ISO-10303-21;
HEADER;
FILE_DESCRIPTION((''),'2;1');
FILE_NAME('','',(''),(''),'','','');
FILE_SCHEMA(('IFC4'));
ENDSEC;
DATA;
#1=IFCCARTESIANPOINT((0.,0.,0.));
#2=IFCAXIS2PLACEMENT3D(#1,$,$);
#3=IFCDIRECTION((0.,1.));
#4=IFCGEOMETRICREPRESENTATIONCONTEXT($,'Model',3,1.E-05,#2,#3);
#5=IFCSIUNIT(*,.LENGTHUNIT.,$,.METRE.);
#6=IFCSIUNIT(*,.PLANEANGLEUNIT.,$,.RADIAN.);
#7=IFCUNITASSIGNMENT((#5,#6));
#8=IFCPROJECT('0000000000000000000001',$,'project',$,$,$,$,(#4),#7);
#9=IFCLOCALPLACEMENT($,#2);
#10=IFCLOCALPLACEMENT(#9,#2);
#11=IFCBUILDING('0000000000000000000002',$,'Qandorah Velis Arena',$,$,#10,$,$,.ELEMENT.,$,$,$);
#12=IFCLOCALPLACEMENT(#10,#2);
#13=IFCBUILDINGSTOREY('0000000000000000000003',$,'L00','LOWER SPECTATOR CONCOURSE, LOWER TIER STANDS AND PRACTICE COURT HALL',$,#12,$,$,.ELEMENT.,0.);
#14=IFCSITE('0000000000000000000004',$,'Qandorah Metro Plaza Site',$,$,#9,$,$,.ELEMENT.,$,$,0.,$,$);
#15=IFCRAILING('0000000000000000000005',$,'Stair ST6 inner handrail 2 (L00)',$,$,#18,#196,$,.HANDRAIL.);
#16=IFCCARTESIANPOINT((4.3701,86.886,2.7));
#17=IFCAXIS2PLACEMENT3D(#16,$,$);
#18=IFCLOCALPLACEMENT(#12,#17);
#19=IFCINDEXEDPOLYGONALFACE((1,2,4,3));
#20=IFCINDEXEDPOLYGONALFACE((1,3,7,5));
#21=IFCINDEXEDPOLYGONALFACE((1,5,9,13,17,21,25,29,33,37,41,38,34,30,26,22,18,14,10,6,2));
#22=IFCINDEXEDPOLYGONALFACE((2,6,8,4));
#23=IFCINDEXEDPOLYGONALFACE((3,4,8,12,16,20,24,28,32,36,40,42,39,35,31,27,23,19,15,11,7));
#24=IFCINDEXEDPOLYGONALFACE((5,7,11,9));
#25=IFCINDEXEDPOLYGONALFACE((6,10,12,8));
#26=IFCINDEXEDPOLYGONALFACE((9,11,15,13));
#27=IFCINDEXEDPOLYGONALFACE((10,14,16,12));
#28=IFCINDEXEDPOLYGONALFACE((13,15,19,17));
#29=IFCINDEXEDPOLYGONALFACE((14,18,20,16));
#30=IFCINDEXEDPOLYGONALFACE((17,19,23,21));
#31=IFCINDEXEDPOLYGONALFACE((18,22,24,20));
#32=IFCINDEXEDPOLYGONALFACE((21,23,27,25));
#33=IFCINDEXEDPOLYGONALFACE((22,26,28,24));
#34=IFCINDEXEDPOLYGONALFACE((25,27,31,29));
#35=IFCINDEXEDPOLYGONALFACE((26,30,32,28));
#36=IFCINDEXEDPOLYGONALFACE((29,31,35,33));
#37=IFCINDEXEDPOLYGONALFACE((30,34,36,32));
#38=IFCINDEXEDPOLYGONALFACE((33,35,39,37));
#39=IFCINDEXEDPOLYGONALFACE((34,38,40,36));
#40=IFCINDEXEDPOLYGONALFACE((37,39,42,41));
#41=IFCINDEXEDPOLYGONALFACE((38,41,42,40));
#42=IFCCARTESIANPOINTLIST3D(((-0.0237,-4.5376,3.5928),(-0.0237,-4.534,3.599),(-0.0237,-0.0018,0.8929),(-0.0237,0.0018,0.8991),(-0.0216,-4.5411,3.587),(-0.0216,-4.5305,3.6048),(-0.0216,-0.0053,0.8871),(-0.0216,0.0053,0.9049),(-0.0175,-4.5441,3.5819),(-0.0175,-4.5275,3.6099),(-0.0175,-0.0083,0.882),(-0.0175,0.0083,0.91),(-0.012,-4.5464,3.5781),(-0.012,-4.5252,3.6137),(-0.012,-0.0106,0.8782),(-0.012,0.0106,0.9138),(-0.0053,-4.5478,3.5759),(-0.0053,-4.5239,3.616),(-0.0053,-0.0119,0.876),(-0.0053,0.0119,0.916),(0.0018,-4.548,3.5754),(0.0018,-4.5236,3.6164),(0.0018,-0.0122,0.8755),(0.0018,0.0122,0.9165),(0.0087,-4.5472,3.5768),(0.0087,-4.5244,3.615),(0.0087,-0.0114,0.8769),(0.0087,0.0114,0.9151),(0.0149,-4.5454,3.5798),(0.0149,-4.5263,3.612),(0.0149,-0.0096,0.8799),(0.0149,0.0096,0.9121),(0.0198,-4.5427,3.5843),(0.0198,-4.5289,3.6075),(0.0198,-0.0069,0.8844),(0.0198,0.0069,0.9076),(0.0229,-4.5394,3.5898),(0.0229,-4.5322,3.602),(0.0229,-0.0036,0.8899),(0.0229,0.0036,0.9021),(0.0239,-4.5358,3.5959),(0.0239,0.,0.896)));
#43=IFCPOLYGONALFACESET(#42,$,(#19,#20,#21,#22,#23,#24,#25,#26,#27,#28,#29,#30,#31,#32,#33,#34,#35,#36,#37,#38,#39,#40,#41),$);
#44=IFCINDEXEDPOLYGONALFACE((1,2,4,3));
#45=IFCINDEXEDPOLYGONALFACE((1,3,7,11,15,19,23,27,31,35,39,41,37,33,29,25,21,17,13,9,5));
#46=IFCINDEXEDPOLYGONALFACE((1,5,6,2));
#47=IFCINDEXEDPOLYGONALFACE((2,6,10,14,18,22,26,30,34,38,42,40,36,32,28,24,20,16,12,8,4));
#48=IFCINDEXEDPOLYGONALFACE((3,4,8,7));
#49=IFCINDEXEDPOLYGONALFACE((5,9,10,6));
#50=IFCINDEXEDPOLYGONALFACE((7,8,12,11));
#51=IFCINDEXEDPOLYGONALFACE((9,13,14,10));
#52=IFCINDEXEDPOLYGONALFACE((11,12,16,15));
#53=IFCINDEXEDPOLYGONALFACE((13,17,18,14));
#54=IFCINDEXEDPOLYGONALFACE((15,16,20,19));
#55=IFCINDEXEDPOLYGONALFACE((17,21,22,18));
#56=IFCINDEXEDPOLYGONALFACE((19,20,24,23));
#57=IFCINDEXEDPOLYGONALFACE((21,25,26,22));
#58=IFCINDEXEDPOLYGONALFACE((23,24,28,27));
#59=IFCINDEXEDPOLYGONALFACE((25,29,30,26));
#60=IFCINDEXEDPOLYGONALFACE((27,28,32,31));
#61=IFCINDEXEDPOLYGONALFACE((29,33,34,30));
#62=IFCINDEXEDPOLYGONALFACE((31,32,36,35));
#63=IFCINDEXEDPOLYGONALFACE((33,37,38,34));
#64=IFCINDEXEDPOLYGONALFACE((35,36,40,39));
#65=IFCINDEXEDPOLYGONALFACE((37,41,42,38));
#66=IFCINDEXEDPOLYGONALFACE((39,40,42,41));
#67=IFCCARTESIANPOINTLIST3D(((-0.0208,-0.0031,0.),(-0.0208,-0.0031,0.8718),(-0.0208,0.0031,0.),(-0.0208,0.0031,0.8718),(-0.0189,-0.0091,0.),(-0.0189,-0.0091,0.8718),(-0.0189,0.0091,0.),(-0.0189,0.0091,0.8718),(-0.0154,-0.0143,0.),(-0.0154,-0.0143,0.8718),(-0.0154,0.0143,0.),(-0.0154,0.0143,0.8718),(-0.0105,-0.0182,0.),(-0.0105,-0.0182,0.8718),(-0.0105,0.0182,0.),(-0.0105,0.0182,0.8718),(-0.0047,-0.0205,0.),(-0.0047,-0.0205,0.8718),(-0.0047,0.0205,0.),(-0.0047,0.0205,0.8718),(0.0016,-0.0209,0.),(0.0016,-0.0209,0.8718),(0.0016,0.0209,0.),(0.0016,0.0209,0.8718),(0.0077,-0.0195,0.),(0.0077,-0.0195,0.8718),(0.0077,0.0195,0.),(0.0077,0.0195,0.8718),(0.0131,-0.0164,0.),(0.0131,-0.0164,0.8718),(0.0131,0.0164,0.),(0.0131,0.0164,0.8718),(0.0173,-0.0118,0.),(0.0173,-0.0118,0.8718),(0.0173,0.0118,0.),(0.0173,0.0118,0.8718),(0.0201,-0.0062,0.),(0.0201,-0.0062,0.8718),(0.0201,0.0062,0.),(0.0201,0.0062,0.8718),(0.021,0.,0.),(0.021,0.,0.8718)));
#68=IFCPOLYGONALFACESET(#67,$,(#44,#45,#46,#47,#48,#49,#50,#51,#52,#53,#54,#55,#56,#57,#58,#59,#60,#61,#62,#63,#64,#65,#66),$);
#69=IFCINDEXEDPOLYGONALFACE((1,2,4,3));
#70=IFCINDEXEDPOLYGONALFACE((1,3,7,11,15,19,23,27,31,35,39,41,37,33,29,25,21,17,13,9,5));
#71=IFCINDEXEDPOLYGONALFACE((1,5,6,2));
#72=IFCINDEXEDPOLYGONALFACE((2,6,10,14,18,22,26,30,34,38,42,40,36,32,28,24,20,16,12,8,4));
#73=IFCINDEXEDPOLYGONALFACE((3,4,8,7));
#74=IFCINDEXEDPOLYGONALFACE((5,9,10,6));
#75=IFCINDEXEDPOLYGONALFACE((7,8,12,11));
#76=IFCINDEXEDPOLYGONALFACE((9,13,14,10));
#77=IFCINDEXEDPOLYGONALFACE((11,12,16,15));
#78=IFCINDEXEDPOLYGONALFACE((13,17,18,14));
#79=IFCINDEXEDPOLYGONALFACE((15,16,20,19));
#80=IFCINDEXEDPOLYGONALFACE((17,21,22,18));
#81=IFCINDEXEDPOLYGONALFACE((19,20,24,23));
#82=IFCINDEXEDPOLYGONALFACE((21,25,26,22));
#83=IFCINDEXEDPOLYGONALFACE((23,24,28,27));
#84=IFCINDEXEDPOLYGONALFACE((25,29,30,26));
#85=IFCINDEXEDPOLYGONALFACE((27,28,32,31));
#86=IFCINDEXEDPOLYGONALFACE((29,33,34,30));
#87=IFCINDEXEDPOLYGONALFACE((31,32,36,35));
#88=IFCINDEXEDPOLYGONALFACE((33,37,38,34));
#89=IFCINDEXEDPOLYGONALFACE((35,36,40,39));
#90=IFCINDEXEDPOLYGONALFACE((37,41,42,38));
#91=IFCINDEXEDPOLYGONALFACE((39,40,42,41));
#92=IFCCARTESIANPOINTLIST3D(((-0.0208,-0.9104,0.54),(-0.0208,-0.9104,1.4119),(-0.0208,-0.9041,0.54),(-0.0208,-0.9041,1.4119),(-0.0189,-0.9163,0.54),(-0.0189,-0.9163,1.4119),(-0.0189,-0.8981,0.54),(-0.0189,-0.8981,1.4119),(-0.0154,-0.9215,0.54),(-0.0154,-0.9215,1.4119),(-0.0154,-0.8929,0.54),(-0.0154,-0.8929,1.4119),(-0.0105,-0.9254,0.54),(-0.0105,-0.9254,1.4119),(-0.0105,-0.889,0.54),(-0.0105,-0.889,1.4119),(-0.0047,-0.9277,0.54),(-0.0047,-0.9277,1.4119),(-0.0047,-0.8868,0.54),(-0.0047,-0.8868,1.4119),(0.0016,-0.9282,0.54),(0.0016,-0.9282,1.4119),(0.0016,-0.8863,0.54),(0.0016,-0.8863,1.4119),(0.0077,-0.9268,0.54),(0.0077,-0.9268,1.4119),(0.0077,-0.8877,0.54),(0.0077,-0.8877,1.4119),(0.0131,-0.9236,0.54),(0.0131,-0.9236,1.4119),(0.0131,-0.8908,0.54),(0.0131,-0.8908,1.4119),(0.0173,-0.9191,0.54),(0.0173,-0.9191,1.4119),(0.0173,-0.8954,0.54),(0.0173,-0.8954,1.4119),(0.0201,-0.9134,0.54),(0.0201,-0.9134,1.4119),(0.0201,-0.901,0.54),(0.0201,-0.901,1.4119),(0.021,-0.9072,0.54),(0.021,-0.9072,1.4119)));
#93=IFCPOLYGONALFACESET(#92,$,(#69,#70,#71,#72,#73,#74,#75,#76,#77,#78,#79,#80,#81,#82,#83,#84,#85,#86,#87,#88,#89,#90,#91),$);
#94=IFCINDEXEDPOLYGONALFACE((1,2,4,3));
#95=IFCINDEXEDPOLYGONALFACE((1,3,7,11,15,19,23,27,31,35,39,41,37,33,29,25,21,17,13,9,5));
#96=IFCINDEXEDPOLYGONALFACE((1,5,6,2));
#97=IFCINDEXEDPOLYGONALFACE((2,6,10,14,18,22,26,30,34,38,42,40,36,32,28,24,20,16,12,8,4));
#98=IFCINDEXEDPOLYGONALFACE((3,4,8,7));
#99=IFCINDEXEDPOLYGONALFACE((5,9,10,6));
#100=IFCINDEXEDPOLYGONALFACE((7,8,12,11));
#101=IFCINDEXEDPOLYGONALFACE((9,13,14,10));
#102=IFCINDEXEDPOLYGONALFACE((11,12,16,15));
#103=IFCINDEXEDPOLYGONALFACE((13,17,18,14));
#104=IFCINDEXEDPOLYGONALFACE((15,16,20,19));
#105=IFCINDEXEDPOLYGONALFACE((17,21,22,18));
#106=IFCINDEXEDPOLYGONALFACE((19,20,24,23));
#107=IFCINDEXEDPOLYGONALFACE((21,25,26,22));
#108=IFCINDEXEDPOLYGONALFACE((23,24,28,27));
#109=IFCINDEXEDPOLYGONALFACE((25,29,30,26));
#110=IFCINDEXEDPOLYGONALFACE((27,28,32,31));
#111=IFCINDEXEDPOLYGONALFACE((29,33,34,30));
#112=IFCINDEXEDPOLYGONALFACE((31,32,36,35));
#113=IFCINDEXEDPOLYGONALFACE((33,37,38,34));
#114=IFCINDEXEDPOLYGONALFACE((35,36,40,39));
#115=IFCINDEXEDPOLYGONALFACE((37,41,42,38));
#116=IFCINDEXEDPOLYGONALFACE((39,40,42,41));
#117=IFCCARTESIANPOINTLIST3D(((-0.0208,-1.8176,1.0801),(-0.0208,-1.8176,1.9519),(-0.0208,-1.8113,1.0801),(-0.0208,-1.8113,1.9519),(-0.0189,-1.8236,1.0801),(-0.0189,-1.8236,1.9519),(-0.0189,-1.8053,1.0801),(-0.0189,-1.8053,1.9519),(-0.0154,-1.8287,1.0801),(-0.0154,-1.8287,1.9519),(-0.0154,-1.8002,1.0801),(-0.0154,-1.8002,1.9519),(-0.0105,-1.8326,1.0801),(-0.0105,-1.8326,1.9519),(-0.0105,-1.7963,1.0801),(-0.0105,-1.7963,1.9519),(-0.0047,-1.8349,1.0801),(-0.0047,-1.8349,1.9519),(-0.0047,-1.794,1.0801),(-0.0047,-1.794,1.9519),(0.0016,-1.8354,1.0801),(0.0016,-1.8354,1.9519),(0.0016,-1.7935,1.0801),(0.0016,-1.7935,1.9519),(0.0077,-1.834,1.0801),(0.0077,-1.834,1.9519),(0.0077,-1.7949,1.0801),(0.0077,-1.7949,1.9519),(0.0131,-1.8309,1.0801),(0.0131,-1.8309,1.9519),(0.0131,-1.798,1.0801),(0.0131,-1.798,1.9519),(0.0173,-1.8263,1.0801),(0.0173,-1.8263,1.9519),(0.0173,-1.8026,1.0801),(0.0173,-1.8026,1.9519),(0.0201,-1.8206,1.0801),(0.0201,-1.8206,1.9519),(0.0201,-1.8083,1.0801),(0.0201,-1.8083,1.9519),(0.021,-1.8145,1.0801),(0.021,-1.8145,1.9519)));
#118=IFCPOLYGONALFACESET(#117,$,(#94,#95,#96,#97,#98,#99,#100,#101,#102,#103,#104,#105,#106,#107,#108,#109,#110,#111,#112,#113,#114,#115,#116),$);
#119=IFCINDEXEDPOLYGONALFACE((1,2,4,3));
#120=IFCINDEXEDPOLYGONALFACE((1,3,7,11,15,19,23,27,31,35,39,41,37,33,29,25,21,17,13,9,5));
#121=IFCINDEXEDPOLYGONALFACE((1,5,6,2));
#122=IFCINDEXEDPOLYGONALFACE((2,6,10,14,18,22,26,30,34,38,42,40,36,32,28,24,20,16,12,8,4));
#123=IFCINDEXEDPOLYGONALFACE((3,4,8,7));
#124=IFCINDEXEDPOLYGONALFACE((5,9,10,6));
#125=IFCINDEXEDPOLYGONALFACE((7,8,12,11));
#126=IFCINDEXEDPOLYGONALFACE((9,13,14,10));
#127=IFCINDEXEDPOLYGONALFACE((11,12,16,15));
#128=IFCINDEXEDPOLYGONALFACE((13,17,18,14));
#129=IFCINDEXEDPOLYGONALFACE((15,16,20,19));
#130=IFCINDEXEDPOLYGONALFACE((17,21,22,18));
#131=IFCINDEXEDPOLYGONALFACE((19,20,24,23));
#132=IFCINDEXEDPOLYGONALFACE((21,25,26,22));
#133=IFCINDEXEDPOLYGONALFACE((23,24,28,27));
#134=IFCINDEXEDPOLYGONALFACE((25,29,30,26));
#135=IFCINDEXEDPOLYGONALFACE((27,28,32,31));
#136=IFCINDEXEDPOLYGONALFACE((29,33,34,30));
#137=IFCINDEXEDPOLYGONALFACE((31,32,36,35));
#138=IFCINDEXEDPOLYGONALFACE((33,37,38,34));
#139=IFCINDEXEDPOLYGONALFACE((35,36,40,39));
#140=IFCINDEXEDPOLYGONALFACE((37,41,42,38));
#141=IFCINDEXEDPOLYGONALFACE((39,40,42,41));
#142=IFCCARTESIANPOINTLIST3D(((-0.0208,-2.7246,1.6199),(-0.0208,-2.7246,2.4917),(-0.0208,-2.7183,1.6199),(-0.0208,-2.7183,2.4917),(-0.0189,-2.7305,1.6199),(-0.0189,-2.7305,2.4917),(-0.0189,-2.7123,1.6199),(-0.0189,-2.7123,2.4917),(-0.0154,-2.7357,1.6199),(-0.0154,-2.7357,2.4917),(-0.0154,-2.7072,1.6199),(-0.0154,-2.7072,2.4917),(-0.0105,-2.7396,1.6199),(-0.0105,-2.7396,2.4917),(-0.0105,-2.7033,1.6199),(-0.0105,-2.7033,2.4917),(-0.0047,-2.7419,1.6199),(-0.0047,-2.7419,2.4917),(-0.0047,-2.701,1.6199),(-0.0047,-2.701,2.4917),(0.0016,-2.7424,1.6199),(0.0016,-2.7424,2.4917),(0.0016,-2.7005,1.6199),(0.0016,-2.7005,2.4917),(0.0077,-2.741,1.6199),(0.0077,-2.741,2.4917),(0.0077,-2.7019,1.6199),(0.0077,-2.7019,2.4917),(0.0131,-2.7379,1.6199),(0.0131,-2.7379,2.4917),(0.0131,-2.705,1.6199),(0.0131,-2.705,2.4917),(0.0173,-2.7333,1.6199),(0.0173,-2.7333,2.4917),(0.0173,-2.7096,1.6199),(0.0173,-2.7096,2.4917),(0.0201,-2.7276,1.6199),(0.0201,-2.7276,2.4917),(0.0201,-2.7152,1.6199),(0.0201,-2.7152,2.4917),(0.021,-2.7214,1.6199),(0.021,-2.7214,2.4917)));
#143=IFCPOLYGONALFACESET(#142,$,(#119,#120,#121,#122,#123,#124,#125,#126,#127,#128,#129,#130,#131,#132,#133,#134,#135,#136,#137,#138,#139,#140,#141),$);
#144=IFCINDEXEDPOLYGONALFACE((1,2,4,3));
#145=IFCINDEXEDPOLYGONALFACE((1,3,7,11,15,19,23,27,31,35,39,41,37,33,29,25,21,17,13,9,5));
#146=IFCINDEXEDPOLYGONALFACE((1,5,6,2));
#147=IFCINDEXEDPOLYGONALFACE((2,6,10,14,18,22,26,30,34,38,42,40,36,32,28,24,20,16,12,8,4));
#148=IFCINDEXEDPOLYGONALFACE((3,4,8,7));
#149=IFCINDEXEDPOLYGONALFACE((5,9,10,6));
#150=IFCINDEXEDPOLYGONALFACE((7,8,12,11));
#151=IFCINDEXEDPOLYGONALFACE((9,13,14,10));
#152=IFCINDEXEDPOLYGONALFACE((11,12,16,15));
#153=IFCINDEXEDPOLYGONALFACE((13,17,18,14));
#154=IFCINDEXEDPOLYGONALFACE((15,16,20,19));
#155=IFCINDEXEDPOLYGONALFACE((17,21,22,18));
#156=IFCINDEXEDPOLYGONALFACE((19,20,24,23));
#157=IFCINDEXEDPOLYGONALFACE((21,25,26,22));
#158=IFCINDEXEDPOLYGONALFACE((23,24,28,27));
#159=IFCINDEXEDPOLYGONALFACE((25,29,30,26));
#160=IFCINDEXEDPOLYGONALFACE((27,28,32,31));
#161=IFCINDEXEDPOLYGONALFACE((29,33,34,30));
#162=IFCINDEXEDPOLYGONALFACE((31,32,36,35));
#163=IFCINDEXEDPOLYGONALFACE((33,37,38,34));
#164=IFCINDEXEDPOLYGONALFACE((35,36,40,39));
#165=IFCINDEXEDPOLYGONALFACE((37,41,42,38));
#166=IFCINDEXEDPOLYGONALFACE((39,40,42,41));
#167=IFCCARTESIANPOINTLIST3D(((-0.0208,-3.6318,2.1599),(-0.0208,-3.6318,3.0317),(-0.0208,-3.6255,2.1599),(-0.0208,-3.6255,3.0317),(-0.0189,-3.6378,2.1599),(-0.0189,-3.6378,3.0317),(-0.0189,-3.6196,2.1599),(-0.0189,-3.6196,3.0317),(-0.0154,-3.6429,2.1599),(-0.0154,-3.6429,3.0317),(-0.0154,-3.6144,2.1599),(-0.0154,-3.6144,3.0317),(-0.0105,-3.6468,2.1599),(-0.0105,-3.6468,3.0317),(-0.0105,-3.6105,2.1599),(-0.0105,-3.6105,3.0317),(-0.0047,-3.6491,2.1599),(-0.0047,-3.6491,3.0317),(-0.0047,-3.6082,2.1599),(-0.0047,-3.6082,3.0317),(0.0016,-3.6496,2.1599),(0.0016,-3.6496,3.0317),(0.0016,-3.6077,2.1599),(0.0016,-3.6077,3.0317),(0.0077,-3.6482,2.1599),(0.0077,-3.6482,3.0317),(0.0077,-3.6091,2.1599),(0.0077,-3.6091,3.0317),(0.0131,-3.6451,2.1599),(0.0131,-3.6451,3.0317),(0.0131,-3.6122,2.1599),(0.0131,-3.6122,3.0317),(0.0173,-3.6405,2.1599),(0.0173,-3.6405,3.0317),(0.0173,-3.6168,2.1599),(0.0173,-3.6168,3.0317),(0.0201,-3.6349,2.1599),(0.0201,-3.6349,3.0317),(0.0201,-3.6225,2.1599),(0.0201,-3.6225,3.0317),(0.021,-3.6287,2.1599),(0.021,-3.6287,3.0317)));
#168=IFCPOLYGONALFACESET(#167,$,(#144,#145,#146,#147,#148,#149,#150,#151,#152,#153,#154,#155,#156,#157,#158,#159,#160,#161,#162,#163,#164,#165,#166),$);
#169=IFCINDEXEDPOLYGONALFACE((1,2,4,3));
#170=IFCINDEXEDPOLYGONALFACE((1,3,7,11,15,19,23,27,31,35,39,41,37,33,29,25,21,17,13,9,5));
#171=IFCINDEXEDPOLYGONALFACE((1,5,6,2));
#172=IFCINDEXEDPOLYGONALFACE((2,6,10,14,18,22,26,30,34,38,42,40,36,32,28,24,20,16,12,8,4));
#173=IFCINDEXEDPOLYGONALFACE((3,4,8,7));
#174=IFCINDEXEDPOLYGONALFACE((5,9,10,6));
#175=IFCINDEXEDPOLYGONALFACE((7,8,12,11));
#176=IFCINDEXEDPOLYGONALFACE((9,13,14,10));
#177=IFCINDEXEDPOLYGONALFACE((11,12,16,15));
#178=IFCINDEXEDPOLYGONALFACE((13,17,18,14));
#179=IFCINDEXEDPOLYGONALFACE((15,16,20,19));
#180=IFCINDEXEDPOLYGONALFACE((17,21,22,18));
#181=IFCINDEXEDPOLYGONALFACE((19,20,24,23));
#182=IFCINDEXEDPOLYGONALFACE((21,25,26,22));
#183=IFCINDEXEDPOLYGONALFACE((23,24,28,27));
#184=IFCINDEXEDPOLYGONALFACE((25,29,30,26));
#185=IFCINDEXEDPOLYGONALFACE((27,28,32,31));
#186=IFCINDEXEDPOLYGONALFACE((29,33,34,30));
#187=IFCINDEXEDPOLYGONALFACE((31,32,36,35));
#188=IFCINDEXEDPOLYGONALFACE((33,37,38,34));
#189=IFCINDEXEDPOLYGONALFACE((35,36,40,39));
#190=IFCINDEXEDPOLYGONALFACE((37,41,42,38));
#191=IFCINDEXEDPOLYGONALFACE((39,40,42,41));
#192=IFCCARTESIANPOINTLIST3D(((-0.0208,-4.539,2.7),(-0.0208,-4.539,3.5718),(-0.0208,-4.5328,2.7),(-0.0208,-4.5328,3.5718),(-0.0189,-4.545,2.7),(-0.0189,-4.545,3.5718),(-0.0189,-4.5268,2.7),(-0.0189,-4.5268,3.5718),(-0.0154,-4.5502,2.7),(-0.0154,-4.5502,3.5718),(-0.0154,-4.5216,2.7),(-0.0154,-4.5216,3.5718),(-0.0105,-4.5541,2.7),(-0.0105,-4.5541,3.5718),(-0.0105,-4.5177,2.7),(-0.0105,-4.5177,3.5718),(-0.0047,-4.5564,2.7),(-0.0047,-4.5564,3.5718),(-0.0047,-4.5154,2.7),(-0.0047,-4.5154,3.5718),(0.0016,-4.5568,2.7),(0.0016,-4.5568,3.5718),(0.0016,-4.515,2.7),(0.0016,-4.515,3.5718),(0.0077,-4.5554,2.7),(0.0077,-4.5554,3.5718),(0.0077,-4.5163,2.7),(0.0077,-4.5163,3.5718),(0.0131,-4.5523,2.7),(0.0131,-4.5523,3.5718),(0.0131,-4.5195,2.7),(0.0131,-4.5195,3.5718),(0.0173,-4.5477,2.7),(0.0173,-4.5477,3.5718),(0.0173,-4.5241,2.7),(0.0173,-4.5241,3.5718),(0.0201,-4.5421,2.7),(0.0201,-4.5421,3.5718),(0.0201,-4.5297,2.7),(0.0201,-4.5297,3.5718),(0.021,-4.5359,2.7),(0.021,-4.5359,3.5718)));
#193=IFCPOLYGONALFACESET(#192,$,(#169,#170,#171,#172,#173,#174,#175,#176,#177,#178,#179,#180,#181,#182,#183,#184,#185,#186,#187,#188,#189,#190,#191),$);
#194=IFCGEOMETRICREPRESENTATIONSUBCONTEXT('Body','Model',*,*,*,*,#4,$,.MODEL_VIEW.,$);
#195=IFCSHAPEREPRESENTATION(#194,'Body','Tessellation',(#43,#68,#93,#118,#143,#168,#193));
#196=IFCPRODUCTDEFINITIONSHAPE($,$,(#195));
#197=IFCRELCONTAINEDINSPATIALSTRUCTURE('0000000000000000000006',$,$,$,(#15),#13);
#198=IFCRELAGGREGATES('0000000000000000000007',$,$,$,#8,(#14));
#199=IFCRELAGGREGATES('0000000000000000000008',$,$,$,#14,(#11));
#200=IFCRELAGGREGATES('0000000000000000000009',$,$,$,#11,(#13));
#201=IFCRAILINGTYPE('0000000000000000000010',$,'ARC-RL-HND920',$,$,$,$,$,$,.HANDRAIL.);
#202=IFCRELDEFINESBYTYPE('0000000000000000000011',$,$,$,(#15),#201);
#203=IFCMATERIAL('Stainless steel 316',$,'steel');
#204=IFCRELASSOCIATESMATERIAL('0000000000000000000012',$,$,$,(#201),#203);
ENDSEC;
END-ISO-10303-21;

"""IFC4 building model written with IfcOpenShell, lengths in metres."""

from ifc_helpers import new_model, si_unit, direction, frame, origin, origin_2d, place, context, subcontext, project, spatial, circle, extrude, material, type_object, element, save


model = new_model("IFC4")

# Units and contexts
model_context = context("Model", 3, precision=1e-05, world=origin(), true_north=direction((0.0, 1.0)))
body_context = subcontext(model_context, "Body", "Model", "MODEL_VIEW")
ifc_project = project(units=[si_unit("LENGTHUNIT", "METRE"), si_unit("PLANEANGLEUNIT", "RADIAN")], contexts=[model_context])

# Site, building, storey
site_placement = place(None, origin())
site = spatial("IfcSite", under=ifc_project, at=site_placement, Name="Qandorah Metro Plaza Site", CompositionType="ELEMENT", RefElevation=0.0)
building_placement = place(site_placement, origin())
building = spatial("IfcBuilding", under=site, at=building_placement, Name="Qandorah Velis Arena", CompositionType="ELEMENT")
storey_placement = place(building_placement, origin())
storey = spatial("IfcBuildingStorey", under=building, at=storey_placement, Name="L00", Description="LOWER SPECTATOR CONCOURSE, LOWER TIER STANDS AND PRACTICE COURT HALL", CompositionType="ELEMENT", Elevation=0.0)

# Railing
ifc_material_1 = material(Name="Stainless steel 316", Category="steel")
railing_type_1 = type_object("IfcRailingType", Name="ARC-RL-HND920", PredefinedType="HANDRAIL", material=ifc_material_1)
railing_1_placement = place(storey_placement, frame((4.3701, 86.886, 2.7)))
element("IfcRailing", 1, at=railing_1_placement, inside=storey, type_object=railing_type_1, Name="Stair ST6 inner handrail 2 (L00)", PredefinedType="HANDRAIL", context=body_context, shape_type="SweptSolid", body=[
    extrude(circle(Radius=0.0239, at=origin_2d()), frame((0.0, 0.0, 0.896), z_axis=(0.0, -0.859291, 0.511486), x_axis=(1.0, 0.0, 0.0)), (0.0, 0.0, 1.0), 5.2786),
    extrude(circle(Radius=0.021, at=origin_2d()), origin(), (0.0, 0.0, 1.0), 0.8718),
    extrude(circle(Radius=0.021, at=origin_2d()), frame((0.0, -0.9072, 0.54)), (0.0, 0.0, 1.0), 0.8718),
    extrude(circle(Radius=0.021, at=origin_2d()), frame((0.0, -1.8145, 1.0801)), (0.0, 0.0, 1.0), 0.8718),
    extrude(circle(Radius=0.021, at=origin_2d()), frame((0.0, -2.7214, 1.6199)), (0.0, 0.0, 1.0), 0.8718),
    extrude(circle(Radius=0.021, at=origin_2d()), frame((0.0, -3.6287, 2.1599)), (0.0, 0.0, 1.0), 0.8718),
    extrude(circle(Radius=0.021, at=origin_2d()), frame((0.0, -4.5359, 2.7)), (0.0, 0.0, 1.0), 0.8718),
])

save(model, "model.ifc")
